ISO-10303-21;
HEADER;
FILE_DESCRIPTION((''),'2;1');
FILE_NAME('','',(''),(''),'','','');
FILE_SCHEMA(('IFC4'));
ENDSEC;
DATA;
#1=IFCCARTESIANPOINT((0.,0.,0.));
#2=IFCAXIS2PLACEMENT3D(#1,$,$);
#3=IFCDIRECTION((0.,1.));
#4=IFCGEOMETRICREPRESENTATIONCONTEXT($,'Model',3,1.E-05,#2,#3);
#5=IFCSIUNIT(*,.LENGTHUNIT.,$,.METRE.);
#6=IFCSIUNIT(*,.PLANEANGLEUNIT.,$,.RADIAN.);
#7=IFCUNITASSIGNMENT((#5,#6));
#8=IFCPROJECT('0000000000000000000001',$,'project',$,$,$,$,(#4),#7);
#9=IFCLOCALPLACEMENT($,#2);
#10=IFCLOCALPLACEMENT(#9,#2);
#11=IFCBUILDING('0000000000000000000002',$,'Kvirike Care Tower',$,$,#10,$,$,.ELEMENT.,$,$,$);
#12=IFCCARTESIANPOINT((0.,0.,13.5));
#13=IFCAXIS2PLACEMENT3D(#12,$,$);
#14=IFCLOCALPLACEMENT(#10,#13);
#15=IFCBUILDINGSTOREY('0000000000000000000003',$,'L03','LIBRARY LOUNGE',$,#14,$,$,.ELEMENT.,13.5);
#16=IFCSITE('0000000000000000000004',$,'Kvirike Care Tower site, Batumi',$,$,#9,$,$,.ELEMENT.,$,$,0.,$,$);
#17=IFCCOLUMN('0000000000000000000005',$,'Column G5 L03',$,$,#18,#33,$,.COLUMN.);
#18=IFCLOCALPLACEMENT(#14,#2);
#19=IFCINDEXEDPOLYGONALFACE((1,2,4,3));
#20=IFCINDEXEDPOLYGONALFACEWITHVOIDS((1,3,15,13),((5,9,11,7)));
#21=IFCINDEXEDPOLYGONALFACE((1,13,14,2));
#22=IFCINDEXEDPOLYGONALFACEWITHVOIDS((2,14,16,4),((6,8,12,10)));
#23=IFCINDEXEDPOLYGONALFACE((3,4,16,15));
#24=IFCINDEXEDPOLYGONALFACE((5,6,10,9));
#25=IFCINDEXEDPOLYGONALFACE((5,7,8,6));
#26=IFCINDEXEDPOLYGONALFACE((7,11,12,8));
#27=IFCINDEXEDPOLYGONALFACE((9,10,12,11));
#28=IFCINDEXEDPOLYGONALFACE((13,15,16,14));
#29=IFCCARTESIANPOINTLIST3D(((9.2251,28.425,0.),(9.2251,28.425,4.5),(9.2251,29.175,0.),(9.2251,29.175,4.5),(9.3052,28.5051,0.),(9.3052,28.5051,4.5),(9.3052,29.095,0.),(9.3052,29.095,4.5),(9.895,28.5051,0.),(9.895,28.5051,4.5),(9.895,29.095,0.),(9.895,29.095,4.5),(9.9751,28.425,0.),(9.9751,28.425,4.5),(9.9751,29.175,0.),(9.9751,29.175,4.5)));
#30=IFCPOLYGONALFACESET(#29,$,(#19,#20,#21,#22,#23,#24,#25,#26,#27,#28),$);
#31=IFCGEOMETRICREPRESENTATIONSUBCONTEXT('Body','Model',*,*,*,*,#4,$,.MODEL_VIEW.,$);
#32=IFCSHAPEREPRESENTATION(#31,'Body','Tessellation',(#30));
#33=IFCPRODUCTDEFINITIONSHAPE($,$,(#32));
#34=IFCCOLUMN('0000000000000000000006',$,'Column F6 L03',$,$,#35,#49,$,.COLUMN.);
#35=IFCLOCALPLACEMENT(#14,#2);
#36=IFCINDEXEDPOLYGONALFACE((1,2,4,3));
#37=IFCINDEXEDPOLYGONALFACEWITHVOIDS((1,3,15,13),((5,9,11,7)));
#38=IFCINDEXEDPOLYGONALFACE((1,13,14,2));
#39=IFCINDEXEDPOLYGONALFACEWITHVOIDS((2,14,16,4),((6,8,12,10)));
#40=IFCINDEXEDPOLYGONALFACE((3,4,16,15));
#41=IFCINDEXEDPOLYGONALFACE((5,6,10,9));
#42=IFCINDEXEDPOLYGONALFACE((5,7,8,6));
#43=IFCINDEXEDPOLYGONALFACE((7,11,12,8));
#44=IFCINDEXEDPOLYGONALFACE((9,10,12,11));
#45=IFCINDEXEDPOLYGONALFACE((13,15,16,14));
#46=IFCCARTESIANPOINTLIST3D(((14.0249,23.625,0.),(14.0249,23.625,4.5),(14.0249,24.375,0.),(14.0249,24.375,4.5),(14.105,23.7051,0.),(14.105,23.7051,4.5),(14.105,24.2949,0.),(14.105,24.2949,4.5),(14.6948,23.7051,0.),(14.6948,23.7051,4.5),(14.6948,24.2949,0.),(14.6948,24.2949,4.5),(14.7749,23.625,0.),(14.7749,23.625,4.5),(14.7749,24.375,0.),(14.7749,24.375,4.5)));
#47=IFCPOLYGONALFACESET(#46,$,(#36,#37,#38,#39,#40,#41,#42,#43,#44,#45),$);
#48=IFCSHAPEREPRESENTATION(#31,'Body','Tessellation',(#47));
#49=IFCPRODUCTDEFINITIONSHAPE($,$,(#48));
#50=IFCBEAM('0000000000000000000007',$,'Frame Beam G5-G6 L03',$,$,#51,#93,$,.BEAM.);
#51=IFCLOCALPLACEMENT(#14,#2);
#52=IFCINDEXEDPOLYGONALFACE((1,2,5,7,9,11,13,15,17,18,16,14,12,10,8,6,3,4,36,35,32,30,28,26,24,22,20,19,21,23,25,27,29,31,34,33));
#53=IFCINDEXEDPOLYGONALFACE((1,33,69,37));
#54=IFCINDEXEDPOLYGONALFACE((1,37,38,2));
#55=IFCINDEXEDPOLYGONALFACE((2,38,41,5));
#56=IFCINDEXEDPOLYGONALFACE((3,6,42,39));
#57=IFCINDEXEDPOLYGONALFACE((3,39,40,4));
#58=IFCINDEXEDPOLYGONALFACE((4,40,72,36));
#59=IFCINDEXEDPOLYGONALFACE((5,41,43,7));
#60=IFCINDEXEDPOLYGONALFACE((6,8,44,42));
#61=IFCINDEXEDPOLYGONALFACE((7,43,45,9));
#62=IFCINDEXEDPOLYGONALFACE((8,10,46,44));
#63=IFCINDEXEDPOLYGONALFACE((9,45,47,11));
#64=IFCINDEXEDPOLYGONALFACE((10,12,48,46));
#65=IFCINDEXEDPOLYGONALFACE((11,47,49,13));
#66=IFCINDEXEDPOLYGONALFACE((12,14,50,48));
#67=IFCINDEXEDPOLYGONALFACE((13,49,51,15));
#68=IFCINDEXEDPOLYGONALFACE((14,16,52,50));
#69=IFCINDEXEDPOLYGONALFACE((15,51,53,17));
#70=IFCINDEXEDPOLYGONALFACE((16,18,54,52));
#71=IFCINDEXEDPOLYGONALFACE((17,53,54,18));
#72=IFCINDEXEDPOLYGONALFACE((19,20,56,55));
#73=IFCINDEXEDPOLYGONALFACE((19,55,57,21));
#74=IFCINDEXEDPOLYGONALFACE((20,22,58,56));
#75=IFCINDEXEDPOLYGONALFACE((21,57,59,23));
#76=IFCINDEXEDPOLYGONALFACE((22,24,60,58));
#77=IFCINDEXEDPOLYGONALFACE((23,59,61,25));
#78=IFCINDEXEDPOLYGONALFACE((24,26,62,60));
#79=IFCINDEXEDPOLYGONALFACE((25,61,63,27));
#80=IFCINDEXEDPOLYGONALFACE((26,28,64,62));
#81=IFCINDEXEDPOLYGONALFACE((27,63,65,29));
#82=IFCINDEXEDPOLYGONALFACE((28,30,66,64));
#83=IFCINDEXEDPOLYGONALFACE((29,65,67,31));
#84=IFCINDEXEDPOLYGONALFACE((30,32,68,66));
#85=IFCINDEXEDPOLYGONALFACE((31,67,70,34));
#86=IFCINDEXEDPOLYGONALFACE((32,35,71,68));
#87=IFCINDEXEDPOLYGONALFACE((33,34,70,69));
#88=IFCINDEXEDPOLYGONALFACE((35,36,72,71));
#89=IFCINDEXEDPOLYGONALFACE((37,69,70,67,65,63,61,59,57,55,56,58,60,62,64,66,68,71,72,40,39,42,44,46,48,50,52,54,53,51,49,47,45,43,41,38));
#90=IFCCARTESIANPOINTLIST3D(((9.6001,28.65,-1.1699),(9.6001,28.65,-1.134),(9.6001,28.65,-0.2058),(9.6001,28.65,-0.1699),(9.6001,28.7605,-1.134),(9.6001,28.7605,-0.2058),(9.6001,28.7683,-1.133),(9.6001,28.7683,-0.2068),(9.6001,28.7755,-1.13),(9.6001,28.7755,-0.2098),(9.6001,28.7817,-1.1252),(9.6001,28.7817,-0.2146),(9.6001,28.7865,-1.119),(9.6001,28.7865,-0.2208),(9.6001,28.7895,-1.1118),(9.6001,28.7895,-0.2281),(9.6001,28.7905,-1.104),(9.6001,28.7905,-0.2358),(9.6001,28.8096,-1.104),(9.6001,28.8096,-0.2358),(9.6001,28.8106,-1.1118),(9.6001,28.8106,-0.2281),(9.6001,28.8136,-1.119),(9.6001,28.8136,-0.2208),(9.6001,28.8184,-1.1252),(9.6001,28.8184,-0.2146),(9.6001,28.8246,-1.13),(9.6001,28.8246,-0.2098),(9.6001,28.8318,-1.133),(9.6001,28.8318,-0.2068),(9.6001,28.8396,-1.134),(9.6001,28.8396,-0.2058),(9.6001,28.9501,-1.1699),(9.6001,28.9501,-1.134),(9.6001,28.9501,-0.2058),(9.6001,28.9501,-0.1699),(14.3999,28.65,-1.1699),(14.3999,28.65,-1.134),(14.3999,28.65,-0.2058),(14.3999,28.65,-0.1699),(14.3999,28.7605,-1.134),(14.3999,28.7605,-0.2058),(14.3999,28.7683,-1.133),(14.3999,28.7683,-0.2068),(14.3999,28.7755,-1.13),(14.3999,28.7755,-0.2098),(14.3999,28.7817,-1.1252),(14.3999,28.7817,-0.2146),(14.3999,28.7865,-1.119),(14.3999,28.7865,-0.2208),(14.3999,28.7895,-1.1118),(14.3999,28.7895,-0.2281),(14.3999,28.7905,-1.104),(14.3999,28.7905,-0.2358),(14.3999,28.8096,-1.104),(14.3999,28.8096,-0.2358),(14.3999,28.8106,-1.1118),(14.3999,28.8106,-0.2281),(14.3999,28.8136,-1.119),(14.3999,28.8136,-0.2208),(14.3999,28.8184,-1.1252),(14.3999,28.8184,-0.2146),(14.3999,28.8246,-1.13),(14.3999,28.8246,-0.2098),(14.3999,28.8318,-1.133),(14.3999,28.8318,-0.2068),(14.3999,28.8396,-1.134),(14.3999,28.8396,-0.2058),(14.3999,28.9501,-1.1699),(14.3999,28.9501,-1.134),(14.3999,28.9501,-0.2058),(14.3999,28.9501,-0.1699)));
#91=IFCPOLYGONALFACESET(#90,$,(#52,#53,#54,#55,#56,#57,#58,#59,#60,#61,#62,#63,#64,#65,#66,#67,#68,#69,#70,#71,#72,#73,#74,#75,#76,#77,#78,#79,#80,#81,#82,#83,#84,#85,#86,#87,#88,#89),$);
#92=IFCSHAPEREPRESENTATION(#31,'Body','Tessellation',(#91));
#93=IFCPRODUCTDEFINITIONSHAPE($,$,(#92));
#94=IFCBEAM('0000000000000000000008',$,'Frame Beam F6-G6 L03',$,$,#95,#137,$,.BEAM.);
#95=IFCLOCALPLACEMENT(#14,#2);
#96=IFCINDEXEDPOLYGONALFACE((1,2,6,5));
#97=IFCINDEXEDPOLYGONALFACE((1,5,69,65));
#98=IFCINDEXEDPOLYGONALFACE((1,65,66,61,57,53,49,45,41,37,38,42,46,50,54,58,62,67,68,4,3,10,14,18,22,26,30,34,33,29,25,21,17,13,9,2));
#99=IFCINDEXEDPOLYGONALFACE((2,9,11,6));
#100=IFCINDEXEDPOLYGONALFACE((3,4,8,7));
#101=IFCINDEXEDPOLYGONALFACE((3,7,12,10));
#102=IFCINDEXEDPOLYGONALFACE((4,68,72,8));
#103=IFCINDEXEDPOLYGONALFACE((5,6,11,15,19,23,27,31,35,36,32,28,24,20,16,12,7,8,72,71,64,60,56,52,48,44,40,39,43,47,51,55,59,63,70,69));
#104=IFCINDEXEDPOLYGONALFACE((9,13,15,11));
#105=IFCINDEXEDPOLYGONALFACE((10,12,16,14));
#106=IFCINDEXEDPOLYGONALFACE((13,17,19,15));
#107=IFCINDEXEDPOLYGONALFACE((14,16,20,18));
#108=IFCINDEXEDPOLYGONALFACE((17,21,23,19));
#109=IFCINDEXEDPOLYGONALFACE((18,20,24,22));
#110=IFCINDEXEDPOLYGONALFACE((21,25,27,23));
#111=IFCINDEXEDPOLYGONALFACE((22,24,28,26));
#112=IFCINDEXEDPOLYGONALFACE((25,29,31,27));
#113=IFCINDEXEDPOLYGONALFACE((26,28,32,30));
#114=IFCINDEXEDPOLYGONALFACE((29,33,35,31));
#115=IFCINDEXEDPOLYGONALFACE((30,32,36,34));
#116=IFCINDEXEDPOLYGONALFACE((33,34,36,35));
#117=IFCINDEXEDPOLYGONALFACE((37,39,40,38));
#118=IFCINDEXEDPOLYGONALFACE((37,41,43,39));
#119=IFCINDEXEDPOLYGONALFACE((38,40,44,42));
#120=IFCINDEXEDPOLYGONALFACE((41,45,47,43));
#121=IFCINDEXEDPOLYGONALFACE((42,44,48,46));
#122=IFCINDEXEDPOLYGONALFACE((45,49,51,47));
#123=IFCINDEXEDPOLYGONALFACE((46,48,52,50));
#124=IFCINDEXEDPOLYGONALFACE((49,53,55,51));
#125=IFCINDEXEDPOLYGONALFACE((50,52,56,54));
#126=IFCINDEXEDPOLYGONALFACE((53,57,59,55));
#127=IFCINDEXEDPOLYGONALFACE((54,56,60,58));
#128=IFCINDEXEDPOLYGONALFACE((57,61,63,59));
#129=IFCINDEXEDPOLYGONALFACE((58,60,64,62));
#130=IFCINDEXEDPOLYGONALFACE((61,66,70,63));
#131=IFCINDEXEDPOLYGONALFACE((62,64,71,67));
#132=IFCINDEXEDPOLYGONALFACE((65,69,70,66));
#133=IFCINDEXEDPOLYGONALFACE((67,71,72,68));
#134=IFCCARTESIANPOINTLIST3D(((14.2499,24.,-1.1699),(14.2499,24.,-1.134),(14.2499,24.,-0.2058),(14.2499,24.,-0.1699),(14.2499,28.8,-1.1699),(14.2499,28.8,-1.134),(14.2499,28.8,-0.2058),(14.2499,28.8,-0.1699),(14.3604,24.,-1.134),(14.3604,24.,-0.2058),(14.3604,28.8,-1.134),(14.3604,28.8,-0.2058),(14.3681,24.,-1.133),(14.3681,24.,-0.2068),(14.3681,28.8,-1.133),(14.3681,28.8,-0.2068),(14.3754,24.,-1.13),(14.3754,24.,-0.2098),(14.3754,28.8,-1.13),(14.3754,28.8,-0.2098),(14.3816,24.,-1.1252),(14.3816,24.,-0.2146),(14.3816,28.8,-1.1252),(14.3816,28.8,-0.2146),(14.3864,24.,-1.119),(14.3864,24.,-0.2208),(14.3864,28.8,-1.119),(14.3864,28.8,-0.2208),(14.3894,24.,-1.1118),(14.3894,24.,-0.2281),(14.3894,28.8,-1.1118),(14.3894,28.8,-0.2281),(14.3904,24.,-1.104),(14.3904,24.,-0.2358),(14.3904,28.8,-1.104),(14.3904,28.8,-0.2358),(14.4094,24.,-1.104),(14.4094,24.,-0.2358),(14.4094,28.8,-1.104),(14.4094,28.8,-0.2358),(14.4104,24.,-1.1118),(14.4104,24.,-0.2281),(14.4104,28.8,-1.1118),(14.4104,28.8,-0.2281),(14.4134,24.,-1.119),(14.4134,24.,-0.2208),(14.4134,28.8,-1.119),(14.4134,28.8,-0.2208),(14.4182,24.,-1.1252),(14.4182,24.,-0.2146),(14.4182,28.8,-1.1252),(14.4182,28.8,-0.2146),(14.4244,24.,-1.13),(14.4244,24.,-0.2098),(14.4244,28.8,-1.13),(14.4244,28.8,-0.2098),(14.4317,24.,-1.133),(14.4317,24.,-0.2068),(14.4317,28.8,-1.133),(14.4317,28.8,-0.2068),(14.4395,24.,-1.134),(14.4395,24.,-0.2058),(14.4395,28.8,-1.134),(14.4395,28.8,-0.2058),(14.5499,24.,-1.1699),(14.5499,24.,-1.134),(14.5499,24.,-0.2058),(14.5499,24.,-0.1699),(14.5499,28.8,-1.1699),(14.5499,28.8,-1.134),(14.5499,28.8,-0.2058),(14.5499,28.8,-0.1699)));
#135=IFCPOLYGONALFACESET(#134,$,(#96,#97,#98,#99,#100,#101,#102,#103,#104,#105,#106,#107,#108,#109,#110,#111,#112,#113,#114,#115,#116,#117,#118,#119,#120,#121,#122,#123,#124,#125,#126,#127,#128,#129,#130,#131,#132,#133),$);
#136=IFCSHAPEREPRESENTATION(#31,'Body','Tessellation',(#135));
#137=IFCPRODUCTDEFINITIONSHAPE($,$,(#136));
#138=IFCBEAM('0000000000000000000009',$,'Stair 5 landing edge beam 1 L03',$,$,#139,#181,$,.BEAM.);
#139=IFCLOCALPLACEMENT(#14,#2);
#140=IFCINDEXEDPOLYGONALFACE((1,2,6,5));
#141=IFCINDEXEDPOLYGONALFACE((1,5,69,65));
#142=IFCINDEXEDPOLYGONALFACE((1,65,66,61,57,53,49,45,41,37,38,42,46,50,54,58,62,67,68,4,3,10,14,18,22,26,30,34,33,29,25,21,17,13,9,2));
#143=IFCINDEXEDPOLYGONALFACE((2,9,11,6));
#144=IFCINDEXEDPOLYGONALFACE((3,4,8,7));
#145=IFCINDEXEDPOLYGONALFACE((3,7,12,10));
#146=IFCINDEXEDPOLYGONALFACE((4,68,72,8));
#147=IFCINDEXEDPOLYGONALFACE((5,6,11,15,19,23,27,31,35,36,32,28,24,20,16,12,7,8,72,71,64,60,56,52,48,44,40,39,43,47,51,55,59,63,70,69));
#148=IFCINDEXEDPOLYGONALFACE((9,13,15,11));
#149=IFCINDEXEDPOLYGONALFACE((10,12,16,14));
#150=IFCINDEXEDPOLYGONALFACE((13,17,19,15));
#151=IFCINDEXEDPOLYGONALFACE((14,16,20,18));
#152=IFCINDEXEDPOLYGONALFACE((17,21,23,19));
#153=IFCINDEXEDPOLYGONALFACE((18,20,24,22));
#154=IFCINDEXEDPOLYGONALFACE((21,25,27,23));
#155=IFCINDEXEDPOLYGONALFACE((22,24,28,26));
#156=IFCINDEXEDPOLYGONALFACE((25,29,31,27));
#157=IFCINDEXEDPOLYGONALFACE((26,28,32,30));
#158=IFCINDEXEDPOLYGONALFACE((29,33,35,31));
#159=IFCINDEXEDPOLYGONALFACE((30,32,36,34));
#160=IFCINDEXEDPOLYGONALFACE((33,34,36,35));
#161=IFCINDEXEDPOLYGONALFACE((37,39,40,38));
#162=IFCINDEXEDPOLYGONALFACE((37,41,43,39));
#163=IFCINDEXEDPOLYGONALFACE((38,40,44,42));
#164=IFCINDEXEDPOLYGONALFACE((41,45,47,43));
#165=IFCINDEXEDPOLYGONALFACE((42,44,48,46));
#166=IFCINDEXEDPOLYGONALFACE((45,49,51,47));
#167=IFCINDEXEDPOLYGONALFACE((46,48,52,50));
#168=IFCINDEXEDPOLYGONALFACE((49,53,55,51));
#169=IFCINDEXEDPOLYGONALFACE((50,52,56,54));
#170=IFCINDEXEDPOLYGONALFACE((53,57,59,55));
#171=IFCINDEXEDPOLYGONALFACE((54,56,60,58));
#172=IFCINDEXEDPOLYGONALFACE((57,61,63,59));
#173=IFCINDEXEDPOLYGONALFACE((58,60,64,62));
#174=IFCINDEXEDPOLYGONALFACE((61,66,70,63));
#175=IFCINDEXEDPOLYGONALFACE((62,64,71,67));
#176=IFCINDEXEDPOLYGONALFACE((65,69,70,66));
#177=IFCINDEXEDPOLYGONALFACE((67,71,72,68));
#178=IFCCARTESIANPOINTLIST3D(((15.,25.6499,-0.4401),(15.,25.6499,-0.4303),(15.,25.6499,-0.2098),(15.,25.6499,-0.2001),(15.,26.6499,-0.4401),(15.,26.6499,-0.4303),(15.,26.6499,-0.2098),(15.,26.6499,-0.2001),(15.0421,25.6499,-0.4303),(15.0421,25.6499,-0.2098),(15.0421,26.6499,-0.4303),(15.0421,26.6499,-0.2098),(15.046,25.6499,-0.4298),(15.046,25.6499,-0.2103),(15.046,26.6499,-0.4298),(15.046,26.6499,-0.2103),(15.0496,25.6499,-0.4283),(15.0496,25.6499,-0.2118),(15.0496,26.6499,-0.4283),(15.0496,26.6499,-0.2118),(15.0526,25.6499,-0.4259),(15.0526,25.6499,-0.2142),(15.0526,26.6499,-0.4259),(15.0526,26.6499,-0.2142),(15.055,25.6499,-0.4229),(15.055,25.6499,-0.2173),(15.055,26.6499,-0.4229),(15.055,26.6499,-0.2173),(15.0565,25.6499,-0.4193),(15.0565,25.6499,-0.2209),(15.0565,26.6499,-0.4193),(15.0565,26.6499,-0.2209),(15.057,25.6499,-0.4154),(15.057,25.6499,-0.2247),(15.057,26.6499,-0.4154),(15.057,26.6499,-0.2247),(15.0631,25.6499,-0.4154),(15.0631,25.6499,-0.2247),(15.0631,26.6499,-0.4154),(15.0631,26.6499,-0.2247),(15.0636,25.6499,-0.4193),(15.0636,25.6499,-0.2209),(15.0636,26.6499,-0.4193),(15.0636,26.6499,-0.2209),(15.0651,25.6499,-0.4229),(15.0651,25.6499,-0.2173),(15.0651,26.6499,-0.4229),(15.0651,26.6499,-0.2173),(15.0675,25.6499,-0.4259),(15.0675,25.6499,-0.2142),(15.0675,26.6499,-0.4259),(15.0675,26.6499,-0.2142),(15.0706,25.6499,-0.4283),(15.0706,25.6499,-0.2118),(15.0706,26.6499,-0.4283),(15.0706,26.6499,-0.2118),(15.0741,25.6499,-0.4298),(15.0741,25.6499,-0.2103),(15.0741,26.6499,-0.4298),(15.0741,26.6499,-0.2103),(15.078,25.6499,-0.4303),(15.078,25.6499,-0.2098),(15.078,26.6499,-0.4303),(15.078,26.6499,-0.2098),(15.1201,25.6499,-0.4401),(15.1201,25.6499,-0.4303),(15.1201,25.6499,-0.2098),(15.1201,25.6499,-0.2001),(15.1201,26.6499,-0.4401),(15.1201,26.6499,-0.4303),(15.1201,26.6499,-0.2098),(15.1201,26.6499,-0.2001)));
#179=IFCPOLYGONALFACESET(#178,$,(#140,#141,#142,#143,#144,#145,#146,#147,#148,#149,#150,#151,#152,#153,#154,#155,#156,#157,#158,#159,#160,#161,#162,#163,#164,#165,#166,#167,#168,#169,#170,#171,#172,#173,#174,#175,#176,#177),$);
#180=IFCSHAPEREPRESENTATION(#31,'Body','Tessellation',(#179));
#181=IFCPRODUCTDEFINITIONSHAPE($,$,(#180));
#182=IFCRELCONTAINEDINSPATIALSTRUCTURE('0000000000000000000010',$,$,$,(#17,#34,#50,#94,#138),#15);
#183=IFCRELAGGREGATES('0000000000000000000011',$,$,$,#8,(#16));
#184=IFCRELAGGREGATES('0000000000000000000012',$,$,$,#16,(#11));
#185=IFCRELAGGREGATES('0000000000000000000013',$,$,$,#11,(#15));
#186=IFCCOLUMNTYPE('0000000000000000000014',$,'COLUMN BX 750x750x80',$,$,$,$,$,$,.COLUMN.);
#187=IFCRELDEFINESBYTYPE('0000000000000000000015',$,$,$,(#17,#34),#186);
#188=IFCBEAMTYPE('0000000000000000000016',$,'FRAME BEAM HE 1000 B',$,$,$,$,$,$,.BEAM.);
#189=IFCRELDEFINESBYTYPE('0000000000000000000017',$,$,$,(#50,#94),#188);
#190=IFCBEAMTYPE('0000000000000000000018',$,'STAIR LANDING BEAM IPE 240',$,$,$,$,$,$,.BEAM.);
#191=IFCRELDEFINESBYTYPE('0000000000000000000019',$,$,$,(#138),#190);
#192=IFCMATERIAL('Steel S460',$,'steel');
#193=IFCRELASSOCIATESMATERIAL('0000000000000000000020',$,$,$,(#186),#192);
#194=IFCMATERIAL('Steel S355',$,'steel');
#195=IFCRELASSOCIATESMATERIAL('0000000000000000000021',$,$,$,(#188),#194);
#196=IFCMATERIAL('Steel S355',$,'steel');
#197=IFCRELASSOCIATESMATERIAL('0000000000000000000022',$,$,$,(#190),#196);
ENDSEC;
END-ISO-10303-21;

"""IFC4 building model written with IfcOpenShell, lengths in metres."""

from ifc_helpers import new_model, si_unit, direction, frame, origin, origin_2d, place, context, subcontext, project, spatial, hollow_rectangle, i_section, extrude, material, material_profile, profile_set, type_object, element, save


model = new_model("IFC4")

# Units and contexts
model_context = context("Model", 3, precision=1e-05, world=origin(), true_north=direction((0.0, 1.0)))
body_context = subcontext(model_context, "Body", "Model", "MODEL_VIEW")
ifc_project = project(units=[si_unit("LENGTHUNIT", "METRE"), si_unit("PLANEANGLEUNIT", "RADIAN")], contexts=[model_context])

# Site, building, storey
site_placement = place(None, origin())
site = spatial("IfcSite", under=ifc_project, at=site_placement, Name="Kvirike Care Tower site, Batumi", CompositionType="ELEMENT", RefElevation=0.0)
building_placement = place(site_placement, origin())
building = spatial("IfcBuilding", under=site, at=building_placement, Name="Kvirike Care Tower", CompositionType="ELEMENT")
storey_placement = place(building_placement, frame((0.0, 0.0, 13.5)))
storey = spatial("IfcBuildingStorey", under=building, at=storey_placement, Name="L03", Description="LIBRARY LOUNGE", CompositionType="ELEMENT", Elevation=13.5)

# Columns
ifc_material_1 = material(Name="Steel S460", Category="steel")
ifc_material_profile_1 = material_profile(ifc_material_1, hollow_rectangle(XDim=0.75, YDim=0.75, WallThickness=0.0801, at=origin_2d()), Name="BX 750x750x80")
ifc_profile_set_1 = profile_set([ifc_material_profile_1], Name="Steel S460")
column_type = type_object("IfcColumnType", Name="COLUMN BX 750x750x80", PredefinedType="COLUMN", material=ifc_profile_set_1)
for number, where, z_axis, x_axis, name in (
    (1, (9.6001, 28.8, 0.0), (0.0, 0.0, 1.0), (0.0, 1.0, 0.0), "Column G5 L03"),
    (2, (14.3999, 24.0, 0.0), (0.0, 0.0, 1.0), (1.0, 0.0, 0.0), "Column F6 L03"),
):
    element("IfcColumn", number, at=place(storey_placement, frame(where, z_axis=z_axis, x_axis=x_axis)), inside=storey, type_object=column_type, Name=name, PredefinedType="COLUMN", context=body_context, shape_type="SweptSolid", body=[
        extrude(hollow_rectangle(XDim=0.75, YDim=0.75, WallThickness=0.0801, at=origin_2d()), origin(), (0.0, 0.0, 1.0), 4.5),
    ])

# Beams
ifc_material_2 = material(Name="Steel S355", Category="steel")
ifc_material_profile_2 = material_profile(ifc_material_2, i_section(OverallWidth=0.3, OverallDepth=1.0, WebThickness=0.019, FlangeThickness=0.0359, FilletRadius=0.03, at=origin_2d()), Name="HE 1000 B")
ifc_profile_set_2 = profile_set([ifc_material_profile_2], Name="Steel S355")
beam_type_1 = type_object("IfcBeamType", Name="FRAME BEAM HE 1000 B", PredefinedType="BEAM", material=ifc_profile_set_2)
beam_1_placement = place(storey_placement, frame((9.6001, 28.8, -0.6699), z_axis=(1.0, 0.0, 0.0), x_axis=(0.0, 1.0, 0.0)))
element("IfcBeam", 3, at=beam_1_placement, inside=storey, type_object=beam_type_1, Name="Frame Beam G5-G6 L03", PredefinedType="BEAM", context=body_context, shape_type="SweptSolid", body=[
    extrude(i_section(OverallWidth=0.3, OverallDepth=1.0, WebThickness=0.019, FlangeThickness=0.0359, FilletRadius=0.03, at=origin_2d()), origin(), (0.0, 0.0, 1.0), 4.7998),
])
beam_2_placement = place(storey_placement, frame((14.3999, 24.0, -0.6699), z_axis=(0.0, 1.0, 0.0), x_axis=(-1.0, 0.0, 0.0)))
element("IfcBeam", 4, at=beam_2_placement, inside=storey, type_object=beam_type_1, Name="Frame Beam F6-G6 L03", PredefinedType="BEAM", context=body_context, shape_type="SweptSolid", body=[
    extrude(i_section(OverallWidth=0.3, OverallDepth=1.0, WebThickness=0.019, FlangeThickness=0.0359, FilletRadius=0.03, at=origin_2d()), origin(), (0.0, 0.0, 1.0), 4.8),
])
ifc_material_3 = material(Name="Steel S355", Category="steel")
ifc_material_profile_3 = material_profile(ifc_material_3, i_section(OverallWidth=0.1201, OverallDepth=0.24, WebThickness=0.0061, FlangeThickness=0.0098, FilletRadius=0.0149, at=origin_2d()), Name="IPE 240")
ifc_profile_set_3 = profile_set([ifc_material_profile_3], Name="Steel S355")
beam_type_2 = type_object("IfcBeamType", Name="STAIR LANDING BEAM IPE 240", PredefinedType="BEAM", material=ifc_profile_set_3)
for number, where, z_axis, x_axis, name in (
    (5, (15.0601, 25.6499, -0.3201), (0.0, 1.0, 0.0), (-1.0, 0.0, 0.0), "Stair 5 landing edge beam 1 L03"),
):
    element("IfcBeam", number, at=place(storey_placement, frame(where, z_axis=z_axis, x_axis=x_axis)), inside=storey, type_object=beam_type_2, Name=name, PredefinedType="BEAM", context=body_context, shape_type="SweptSolid", body=[
        extrude(i_section(OverallWidth=0.1201, OverallDepth=0.24, WebThickness=0.0061, FlangeThickness=0.0098, FilletRadius=0.0149, at=origin_2d()), origin(), (0.0, 0.0, 1.0), 1.0),
    ])

save(model, "model.ifc")
